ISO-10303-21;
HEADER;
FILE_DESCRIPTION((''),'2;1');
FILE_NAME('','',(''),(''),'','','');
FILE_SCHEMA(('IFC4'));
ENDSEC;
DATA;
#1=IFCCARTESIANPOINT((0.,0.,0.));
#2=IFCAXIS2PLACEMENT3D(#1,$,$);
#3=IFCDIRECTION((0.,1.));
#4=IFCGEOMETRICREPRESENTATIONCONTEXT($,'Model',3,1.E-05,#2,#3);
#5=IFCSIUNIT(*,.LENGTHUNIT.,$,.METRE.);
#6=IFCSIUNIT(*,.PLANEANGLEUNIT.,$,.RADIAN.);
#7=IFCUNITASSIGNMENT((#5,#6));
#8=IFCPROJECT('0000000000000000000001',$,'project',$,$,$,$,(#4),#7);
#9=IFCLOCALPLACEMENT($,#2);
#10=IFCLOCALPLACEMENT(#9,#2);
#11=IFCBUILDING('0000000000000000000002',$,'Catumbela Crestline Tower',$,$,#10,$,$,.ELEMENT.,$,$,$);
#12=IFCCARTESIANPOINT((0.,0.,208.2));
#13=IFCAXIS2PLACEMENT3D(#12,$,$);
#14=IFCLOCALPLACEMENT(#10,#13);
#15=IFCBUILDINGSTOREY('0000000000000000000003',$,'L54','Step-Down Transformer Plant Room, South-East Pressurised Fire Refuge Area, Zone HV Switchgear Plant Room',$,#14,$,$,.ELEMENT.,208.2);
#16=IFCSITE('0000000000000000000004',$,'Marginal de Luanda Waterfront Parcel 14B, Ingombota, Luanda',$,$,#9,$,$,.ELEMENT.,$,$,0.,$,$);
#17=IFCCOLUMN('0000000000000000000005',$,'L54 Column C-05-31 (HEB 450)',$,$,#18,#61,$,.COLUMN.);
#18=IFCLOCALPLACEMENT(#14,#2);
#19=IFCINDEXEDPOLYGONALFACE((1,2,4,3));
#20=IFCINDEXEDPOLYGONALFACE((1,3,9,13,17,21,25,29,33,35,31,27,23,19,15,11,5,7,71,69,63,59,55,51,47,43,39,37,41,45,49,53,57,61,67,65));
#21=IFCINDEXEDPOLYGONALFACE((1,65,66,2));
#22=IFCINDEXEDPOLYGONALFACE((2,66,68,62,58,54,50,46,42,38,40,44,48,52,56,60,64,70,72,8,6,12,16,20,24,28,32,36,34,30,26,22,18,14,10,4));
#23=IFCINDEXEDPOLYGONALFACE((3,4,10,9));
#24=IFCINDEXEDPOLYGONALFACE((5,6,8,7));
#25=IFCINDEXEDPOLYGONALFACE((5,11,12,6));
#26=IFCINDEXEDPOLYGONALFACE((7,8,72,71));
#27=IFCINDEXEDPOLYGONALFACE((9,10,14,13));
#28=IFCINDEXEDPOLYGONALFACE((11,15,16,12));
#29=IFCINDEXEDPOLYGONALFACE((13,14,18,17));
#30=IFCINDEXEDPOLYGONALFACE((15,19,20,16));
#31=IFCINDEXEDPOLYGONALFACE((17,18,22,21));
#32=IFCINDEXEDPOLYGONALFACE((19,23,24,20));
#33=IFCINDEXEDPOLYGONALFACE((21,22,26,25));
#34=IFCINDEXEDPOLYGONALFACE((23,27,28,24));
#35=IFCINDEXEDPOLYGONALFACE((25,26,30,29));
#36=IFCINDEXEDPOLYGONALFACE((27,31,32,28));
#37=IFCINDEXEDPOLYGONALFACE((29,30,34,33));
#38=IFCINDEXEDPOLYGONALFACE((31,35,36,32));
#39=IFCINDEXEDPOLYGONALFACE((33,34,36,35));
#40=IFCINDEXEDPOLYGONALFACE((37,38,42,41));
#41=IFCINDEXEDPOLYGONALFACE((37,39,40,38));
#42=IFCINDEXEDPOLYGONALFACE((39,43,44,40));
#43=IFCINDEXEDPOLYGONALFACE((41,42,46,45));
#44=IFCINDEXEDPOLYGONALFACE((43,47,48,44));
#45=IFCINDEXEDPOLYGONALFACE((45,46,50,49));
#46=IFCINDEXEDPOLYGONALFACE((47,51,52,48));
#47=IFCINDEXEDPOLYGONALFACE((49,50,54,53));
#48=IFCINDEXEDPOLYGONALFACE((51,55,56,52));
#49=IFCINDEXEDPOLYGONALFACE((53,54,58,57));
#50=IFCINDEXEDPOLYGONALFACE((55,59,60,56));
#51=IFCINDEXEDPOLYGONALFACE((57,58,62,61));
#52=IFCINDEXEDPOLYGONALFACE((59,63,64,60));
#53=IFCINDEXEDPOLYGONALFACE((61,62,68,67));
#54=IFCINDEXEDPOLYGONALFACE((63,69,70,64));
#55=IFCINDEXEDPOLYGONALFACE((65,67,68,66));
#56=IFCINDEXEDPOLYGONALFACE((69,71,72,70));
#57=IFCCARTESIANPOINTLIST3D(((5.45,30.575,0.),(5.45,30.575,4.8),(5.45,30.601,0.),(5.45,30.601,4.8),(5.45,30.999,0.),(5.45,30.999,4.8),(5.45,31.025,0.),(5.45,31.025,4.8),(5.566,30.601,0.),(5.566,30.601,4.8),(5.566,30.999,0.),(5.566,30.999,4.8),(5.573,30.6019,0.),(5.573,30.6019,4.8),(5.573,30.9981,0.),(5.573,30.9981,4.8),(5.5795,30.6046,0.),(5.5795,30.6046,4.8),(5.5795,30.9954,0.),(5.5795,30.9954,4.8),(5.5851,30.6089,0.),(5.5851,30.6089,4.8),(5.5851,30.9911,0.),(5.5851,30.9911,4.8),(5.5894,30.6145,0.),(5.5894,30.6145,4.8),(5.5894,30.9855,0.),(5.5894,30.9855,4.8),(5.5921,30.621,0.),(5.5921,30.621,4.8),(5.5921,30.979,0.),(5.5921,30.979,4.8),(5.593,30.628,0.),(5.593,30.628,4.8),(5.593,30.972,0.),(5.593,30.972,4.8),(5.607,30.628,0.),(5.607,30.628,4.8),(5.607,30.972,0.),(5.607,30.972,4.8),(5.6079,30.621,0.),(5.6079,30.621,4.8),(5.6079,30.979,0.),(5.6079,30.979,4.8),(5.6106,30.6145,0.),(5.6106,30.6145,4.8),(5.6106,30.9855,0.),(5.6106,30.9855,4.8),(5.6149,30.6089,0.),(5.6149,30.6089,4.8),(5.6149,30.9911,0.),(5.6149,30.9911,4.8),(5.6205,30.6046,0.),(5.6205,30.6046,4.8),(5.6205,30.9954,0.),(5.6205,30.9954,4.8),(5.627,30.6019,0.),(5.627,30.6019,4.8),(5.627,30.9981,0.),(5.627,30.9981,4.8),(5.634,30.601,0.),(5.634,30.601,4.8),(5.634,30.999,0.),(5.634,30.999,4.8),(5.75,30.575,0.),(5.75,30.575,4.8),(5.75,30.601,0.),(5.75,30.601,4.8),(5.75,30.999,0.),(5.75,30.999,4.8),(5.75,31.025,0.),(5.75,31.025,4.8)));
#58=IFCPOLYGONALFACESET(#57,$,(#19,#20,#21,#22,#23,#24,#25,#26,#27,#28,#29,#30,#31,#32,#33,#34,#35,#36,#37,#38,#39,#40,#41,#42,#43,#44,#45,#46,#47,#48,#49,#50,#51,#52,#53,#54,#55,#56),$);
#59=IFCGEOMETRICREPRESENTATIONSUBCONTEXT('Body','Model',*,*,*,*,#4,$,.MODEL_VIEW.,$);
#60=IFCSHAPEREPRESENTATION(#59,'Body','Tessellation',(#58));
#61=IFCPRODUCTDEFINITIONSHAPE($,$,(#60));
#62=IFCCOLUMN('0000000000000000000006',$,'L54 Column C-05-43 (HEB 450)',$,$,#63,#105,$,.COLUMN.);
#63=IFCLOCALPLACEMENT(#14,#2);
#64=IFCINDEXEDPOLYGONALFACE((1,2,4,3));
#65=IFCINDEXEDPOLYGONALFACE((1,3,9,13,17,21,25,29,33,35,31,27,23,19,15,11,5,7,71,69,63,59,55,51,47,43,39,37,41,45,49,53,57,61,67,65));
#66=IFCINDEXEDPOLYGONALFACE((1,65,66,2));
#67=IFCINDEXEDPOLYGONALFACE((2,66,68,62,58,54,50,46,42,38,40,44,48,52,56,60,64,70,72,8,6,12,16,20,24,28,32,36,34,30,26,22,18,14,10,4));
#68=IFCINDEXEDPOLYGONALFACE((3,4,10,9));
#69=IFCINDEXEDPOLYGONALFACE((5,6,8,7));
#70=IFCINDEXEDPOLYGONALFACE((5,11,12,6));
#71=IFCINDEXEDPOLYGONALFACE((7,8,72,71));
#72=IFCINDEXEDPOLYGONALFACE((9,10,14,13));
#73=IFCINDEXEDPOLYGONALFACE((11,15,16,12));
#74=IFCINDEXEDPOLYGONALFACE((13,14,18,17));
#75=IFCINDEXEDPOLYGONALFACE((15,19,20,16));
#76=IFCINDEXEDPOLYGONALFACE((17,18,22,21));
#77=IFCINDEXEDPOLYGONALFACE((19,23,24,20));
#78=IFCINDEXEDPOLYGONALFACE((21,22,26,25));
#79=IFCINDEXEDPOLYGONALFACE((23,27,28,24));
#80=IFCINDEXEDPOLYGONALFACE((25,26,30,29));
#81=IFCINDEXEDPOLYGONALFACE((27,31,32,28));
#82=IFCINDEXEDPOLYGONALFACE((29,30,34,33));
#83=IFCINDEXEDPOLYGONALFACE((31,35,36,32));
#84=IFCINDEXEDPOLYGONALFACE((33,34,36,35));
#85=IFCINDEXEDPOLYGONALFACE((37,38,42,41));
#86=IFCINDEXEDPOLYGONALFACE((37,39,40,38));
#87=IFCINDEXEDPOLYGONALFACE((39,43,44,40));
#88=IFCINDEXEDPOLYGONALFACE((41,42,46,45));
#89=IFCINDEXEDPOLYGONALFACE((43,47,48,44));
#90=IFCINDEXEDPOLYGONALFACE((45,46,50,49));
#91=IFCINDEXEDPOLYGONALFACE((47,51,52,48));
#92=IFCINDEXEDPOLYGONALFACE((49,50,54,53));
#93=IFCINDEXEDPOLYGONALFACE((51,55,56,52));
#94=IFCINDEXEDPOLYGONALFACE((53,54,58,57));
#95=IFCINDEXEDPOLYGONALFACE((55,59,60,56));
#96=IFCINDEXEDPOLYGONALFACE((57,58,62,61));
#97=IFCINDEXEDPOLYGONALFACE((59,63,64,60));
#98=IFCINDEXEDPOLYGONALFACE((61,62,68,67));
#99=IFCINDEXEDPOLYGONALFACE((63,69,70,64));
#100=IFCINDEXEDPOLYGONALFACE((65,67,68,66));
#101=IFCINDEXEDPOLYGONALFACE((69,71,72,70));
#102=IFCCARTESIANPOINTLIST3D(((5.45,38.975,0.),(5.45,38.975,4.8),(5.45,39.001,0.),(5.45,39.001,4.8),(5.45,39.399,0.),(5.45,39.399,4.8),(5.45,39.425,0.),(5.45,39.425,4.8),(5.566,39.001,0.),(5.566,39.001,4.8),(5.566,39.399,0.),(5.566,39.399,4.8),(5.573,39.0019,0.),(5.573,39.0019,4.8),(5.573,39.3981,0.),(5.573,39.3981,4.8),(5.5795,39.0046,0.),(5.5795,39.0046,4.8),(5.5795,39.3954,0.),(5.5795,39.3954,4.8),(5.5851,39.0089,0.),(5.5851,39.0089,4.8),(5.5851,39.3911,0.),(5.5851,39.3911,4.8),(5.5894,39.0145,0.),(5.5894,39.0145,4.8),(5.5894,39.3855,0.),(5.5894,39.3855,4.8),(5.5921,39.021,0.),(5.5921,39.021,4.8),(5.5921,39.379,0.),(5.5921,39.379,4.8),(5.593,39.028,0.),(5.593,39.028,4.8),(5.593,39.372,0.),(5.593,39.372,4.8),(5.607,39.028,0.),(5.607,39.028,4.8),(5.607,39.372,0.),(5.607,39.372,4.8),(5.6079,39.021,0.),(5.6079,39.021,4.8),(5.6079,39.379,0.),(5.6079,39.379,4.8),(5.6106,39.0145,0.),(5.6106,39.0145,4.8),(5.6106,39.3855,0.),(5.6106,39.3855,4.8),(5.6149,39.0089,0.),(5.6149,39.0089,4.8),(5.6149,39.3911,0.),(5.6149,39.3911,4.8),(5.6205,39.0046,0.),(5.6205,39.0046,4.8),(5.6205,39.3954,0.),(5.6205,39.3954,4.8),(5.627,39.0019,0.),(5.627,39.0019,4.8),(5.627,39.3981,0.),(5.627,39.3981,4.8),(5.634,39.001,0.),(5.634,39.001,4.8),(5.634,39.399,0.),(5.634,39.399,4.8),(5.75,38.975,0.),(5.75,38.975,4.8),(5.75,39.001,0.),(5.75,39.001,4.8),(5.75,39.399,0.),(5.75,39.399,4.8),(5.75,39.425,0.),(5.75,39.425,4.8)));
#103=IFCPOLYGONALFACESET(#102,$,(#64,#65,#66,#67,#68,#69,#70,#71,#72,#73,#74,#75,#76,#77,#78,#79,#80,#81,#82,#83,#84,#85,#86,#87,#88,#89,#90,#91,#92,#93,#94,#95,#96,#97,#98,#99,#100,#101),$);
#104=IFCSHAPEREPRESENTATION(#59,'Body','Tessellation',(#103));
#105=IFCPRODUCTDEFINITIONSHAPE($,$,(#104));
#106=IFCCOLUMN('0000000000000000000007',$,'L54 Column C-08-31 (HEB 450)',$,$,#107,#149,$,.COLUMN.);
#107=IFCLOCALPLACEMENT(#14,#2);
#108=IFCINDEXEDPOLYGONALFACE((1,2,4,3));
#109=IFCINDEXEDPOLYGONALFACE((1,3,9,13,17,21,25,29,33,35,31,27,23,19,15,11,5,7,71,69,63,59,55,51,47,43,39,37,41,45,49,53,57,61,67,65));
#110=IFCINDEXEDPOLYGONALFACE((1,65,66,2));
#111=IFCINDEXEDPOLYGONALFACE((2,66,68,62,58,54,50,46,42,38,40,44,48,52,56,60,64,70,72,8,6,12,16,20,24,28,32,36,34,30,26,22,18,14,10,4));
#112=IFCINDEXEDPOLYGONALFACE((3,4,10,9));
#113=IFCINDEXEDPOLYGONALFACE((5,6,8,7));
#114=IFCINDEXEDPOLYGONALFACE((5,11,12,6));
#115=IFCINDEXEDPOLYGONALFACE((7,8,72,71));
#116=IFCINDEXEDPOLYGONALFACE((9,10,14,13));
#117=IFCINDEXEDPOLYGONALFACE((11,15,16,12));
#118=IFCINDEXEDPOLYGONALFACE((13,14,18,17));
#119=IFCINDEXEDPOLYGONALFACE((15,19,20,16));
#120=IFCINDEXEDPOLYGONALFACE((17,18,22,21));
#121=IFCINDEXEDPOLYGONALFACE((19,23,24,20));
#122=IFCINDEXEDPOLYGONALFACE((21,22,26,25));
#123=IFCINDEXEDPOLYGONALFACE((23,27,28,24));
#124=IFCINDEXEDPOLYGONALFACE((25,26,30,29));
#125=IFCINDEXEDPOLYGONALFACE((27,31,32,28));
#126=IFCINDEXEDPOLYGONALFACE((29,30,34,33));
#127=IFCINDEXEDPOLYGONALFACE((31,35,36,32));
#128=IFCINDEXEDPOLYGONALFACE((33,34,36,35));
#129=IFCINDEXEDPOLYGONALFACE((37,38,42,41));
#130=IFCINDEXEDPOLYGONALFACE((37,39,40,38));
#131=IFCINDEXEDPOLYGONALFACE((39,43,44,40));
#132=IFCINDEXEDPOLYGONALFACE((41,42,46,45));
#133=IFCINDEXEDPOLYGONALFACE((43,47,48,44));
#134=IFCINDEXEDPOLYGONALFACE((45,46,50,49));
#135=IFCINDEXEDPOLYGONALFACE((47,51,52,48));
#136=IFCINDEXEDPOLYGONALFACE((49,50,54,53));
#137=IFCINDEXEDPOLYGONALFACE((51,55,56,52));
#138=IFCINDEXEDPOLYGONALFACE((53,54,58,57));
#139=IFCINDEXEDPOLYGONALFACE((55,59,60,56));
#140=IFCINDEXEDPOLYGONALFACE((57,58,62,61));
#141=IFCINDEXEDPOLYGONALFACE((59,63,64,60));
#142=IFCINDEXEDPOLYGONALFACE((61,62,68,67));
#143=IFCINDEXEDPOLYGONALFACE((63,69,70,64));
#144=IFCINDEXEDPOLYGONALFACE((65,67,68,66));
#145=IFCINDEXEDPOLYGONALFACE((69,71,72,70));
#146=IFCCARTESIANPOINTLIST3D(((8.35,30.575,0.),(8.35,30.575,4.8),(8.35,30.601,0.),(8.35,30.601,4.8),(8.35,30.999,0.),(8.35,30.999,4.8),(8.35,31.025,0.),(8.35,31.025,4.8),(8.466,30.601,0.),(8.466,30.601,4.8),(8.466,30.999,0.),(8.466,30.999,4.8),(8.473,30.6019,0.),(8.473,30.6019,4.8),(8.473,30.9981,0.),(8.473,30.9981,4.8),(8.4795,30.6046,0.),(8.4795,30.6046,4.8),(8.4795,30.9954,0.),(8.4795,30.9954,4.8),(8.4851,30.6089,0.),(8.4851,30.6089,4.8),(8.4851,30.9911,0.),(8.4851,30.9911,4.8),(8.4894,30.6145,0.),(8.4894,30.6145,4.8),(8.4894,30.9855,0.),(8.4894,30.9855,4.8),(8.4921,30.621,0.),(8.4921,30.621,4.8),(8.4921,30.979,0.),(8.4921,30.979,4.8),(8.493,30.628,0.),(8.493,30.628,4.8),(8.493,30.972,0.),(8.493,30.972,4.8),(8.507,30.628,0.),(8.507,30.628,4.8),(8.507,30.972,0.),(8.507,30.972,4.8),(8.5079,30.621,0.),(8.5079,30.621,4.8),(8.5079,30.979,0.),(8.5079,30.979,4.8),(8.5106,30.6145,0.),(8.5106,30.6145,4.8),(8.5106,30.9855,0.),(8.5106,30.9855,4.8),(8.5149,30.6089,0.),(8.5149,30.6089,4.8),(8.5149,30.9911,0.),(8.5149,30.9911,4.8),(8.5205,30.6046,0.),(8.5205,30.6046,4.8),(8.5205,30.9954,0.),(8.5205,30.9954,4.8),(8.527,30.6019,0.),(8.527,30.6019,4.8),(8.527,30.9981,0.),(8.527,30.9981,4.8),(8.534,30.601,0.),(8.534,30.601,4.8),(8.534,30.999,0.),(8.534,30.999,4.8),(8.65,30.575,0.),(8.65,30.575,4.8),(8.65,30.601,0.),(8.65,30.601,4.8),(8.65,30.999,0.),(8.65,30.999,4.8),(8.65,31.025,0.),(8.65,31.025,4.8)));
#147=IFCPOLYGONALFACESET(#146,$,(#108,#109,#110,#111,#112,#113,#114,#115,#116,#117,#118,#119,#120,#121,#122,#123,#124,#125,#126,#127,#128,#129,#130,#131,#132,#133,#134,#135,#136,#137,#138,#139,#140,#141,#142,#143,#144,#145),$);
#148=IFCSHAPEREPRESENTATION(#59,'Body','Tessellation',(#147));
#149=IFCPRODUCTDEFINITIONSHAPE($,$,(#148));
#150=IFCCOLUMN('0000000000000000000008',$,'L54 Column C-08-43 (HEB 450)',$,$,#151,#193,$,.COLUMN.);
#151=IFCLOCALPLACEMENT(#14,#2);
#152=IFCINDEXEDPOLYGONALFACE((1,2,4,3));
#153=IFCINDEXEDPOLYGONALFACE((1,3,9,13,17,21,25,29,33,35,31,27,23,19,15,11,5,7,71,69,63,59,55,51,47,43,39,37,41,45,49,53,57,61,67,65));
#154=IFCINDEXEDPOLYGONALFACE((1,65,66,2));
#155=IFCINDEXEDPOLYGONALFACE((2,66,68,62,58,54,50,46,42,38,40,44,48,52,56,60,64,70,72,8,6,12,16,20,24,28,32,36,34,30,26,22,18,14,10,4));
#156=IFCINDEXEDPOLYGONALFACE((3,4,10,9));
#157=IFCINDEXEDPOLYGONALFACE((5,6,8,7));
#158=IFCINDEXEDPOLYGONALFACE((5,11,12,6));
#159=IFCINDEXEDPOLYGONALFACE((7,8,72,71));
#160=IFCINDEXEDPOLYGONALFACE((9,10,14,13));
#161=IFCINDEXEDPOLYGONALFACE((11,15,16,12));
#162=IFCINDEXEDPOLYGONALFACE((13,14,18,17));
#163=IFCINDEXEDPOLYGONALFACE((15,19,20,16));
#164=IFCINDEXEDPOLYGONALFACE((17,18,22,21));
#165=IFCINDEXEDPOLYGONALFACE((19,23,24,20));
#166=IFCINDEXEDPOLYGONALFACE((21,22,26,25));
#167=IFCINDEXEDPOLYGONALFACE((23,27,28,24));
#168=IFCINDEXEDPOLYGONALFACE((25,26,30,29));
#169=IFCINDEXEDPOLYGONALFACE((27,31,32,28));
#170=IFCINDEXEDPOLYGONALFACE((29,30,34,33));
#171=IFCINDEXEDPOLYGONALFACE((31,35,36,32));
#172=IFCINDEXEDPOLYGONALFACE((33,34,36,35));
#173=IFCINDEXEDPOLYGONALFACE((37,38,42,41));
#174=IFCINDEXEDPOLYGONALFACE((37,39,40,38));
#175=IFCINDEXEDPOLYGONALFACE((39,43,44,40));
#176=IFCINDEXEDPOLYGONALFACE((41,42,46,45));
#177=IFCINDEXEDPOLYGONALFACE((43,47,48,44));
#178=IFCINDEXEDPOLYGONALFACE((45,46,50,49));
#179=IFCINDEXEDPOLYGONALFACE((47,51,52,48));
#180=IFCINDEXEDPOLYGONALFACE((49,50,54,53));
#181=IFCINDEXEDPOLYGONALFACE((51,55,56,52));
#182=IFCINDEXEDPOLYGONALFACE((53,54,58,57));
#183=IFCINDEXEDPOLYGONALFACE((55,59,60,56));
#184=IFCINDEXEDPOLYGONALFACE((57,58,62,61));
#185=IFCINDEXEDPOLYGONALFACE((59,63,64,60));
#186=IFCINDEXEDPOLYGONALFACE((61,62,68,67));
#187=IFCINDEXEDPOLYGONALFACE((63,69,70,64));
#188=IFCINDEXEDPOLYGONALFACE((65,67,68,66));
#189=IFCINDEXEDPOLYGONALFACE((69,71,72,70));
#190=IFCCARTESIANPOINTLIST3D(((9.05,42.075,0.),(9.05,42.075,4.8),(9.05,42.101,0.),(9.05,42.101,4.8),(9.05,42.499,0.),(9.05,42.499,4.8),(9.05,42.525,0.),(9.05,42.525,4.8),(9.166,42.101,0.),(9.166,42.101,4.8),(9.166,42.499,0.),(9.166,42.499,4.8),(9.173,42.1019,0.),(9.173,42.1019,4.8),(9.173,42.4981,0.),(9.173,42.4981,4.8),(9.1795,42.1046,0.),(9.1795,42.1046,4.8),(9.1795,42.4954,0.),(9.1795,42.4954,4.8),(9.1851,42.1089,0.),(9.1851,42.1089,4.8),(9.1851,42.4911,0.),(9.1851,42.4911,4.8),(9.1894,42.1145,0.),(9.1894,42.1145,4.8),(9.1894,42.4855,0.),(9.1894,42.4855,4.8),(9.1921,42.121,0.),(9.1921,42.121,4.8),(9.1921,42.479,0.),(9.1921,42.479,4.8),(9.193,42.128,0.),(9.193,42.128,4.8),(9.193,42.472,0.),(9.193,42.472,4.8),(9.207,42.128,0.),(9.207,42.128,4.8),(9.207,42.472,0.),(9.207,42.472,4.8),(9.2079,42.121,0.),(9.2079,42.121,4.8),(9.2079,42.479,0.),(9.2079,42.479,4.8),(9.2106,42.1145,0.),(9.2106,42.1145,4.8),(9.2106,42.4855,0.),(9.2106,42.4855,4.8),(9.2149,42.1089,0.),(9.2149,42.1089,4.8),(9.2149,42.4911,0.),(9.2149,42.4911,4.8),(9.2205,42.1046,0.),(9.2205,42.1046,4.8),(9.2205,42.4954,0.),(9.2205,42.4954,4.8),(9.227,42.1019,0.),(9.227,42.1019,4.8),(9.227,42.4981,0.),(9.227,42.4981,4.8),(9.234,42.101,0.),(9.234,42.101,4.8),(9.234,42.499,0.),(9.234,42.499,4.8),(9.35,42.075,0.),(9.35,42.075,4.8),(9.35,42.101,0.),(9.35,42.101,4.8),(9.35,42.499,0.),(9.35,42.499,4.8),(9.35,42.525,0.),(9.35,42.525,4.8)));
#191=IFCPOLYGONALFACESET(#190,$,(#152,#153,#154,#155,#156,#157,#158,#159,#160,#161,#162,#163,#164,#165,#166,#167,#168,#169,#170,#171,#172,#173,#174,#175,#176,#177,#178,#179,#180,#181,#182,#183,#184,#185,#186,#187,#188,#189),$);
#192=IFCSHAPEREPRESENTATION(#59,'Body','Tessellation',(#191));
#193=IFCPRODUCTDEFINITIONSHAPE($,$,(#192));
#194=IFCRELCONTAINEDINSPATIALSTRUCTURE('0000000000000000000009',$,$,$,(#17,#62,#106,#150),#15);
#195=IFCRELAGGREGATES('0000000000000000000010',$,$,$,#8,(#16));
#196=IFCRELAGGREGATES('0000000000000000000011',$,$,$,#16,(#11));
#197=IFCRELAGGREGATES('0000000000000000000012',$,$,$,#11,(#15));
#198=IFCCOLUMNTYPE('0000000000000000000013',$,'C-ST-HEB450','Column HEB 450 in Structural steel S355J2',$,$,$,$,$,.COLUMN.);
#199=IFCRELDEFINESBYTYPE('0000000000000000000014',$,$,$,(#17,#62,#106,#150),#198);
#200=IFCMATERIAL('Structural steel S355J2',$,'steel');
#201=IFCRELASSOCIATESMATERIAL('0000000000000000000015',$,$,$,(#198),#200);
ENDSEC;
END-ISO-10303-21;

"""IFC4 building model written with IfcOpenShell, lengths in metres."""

from ifc_helpers import new_model, si_unit, direction, frame, origin, origin_2d, place, context, subcontext, project, spatial, i_section, extrude, material, material_profile, profile_set, type_object, element, save


model = new_model("IFC4")

# Units and contexts
model_context = context("Model", 3, precision=1e-05, world=origin(), true_north=direction((0.0, 1.0)))
body_context = subcontext(model_context, "Body", "Model", "MODEL_VIEW")
ifc_project = project(units=[si_unit("LENGTHUNIT", "METRE"), si_unit("PLANEANGLEUNIT", "RADIAN")], contexts=[model_context])

# Site, building, storey
site_placement = place(None, origin())
site = spatial("IfcSite", under=ifc_project, at=site_placement, Name="Marginal de Luanda Waterfront Parcel 14B, Ingombota, Luanda", CompositionType="ELEMENT", RefElevation=0.0)
building_placement = place(site_placement, origin())
building = spatial("IfcBuilding", under=site, at=building_placement, Name="Catumbela Crestline Tower", CompositionType="ELEMENT")
storey_placement = place(building_placement, frame((0.0, 0.0, 208.2)))
storey = spatial("IfcBuildingStorey", under=building, at=storey_placement, Name="L54", Description="Step-Down Transformer Plant Room, South-East Pressurised Fire Refuge Area, Zone HV Switchgear Plant Room", CompositionType="ELEMENT", Elevation=208.2)

# Columns
ifc_material_1 = material(Name="Structural steel S355J2", Category="steel")
ifc_material_profile_1 = material_profile(ifc_material_1, i_section(OverallWidth=0.3, OverallDepth=0.45, WebThickness=0.014, FlangeThickness=0.026, FilletRadius=0.027, at=origin_2d()), Name="HEB 450")
ifc_profile_set_1 = profile_set([ifc_material_profile_1], Name="Structural steel S355J2")
column_type = type_object("IfcColumnType", Name="C-ST-HEB450", Description="Column HEB 450 in Structural steel S355J2", PredefinedType="COLUMN", material=ifc_profile_set_1)
for number, where, z_axis, x_axis, name in (
    (1, (5.6, 30.8, 0.0), (0.0, 0.0, 1.0), (1.0, 0.0, 0.0), "L54 Column C-05-31 (HEB 450)"),
    (2, (5.6, 39.2, 0.0), (0.0, 0.0, 1.0), (1.0, 0.0, 0.0), "L54 Column C-05-43 (HEB 450)"),
    (3, (8.5, 30.8, 0.0), (0.0, 0.0, 1.0), (1.0, 0.0, 0.0), "L54 Column C-08-31 (HEB 450)"),
    (4, (9.2, 42.3, 0.0), (0.0, 0.0, 1.0), (1.0, 0.0, 0.0), "L54 Column C-08-43 (HEB 450)"),
):
    element("IfcColumn", number, at=place(storey_placement, frame(where, z_axis=z_axis, x_axis=x_axis)), inside=storey, type_object=column_type, Name=name, PredefinedType="COLUMN", context=body_context, shape_type="SweptSolid", body=[
        extrude(i_section(OverallWidth=0.3, OverallDepth=0.45, WebThickness=0.014, FlangeThickness=0.026, FilletRadius=0.027, at=origin_2d()), origin(), (0.0, 0.0, 1.0), 4.8),
    ])

save(model, "model.ifc")
